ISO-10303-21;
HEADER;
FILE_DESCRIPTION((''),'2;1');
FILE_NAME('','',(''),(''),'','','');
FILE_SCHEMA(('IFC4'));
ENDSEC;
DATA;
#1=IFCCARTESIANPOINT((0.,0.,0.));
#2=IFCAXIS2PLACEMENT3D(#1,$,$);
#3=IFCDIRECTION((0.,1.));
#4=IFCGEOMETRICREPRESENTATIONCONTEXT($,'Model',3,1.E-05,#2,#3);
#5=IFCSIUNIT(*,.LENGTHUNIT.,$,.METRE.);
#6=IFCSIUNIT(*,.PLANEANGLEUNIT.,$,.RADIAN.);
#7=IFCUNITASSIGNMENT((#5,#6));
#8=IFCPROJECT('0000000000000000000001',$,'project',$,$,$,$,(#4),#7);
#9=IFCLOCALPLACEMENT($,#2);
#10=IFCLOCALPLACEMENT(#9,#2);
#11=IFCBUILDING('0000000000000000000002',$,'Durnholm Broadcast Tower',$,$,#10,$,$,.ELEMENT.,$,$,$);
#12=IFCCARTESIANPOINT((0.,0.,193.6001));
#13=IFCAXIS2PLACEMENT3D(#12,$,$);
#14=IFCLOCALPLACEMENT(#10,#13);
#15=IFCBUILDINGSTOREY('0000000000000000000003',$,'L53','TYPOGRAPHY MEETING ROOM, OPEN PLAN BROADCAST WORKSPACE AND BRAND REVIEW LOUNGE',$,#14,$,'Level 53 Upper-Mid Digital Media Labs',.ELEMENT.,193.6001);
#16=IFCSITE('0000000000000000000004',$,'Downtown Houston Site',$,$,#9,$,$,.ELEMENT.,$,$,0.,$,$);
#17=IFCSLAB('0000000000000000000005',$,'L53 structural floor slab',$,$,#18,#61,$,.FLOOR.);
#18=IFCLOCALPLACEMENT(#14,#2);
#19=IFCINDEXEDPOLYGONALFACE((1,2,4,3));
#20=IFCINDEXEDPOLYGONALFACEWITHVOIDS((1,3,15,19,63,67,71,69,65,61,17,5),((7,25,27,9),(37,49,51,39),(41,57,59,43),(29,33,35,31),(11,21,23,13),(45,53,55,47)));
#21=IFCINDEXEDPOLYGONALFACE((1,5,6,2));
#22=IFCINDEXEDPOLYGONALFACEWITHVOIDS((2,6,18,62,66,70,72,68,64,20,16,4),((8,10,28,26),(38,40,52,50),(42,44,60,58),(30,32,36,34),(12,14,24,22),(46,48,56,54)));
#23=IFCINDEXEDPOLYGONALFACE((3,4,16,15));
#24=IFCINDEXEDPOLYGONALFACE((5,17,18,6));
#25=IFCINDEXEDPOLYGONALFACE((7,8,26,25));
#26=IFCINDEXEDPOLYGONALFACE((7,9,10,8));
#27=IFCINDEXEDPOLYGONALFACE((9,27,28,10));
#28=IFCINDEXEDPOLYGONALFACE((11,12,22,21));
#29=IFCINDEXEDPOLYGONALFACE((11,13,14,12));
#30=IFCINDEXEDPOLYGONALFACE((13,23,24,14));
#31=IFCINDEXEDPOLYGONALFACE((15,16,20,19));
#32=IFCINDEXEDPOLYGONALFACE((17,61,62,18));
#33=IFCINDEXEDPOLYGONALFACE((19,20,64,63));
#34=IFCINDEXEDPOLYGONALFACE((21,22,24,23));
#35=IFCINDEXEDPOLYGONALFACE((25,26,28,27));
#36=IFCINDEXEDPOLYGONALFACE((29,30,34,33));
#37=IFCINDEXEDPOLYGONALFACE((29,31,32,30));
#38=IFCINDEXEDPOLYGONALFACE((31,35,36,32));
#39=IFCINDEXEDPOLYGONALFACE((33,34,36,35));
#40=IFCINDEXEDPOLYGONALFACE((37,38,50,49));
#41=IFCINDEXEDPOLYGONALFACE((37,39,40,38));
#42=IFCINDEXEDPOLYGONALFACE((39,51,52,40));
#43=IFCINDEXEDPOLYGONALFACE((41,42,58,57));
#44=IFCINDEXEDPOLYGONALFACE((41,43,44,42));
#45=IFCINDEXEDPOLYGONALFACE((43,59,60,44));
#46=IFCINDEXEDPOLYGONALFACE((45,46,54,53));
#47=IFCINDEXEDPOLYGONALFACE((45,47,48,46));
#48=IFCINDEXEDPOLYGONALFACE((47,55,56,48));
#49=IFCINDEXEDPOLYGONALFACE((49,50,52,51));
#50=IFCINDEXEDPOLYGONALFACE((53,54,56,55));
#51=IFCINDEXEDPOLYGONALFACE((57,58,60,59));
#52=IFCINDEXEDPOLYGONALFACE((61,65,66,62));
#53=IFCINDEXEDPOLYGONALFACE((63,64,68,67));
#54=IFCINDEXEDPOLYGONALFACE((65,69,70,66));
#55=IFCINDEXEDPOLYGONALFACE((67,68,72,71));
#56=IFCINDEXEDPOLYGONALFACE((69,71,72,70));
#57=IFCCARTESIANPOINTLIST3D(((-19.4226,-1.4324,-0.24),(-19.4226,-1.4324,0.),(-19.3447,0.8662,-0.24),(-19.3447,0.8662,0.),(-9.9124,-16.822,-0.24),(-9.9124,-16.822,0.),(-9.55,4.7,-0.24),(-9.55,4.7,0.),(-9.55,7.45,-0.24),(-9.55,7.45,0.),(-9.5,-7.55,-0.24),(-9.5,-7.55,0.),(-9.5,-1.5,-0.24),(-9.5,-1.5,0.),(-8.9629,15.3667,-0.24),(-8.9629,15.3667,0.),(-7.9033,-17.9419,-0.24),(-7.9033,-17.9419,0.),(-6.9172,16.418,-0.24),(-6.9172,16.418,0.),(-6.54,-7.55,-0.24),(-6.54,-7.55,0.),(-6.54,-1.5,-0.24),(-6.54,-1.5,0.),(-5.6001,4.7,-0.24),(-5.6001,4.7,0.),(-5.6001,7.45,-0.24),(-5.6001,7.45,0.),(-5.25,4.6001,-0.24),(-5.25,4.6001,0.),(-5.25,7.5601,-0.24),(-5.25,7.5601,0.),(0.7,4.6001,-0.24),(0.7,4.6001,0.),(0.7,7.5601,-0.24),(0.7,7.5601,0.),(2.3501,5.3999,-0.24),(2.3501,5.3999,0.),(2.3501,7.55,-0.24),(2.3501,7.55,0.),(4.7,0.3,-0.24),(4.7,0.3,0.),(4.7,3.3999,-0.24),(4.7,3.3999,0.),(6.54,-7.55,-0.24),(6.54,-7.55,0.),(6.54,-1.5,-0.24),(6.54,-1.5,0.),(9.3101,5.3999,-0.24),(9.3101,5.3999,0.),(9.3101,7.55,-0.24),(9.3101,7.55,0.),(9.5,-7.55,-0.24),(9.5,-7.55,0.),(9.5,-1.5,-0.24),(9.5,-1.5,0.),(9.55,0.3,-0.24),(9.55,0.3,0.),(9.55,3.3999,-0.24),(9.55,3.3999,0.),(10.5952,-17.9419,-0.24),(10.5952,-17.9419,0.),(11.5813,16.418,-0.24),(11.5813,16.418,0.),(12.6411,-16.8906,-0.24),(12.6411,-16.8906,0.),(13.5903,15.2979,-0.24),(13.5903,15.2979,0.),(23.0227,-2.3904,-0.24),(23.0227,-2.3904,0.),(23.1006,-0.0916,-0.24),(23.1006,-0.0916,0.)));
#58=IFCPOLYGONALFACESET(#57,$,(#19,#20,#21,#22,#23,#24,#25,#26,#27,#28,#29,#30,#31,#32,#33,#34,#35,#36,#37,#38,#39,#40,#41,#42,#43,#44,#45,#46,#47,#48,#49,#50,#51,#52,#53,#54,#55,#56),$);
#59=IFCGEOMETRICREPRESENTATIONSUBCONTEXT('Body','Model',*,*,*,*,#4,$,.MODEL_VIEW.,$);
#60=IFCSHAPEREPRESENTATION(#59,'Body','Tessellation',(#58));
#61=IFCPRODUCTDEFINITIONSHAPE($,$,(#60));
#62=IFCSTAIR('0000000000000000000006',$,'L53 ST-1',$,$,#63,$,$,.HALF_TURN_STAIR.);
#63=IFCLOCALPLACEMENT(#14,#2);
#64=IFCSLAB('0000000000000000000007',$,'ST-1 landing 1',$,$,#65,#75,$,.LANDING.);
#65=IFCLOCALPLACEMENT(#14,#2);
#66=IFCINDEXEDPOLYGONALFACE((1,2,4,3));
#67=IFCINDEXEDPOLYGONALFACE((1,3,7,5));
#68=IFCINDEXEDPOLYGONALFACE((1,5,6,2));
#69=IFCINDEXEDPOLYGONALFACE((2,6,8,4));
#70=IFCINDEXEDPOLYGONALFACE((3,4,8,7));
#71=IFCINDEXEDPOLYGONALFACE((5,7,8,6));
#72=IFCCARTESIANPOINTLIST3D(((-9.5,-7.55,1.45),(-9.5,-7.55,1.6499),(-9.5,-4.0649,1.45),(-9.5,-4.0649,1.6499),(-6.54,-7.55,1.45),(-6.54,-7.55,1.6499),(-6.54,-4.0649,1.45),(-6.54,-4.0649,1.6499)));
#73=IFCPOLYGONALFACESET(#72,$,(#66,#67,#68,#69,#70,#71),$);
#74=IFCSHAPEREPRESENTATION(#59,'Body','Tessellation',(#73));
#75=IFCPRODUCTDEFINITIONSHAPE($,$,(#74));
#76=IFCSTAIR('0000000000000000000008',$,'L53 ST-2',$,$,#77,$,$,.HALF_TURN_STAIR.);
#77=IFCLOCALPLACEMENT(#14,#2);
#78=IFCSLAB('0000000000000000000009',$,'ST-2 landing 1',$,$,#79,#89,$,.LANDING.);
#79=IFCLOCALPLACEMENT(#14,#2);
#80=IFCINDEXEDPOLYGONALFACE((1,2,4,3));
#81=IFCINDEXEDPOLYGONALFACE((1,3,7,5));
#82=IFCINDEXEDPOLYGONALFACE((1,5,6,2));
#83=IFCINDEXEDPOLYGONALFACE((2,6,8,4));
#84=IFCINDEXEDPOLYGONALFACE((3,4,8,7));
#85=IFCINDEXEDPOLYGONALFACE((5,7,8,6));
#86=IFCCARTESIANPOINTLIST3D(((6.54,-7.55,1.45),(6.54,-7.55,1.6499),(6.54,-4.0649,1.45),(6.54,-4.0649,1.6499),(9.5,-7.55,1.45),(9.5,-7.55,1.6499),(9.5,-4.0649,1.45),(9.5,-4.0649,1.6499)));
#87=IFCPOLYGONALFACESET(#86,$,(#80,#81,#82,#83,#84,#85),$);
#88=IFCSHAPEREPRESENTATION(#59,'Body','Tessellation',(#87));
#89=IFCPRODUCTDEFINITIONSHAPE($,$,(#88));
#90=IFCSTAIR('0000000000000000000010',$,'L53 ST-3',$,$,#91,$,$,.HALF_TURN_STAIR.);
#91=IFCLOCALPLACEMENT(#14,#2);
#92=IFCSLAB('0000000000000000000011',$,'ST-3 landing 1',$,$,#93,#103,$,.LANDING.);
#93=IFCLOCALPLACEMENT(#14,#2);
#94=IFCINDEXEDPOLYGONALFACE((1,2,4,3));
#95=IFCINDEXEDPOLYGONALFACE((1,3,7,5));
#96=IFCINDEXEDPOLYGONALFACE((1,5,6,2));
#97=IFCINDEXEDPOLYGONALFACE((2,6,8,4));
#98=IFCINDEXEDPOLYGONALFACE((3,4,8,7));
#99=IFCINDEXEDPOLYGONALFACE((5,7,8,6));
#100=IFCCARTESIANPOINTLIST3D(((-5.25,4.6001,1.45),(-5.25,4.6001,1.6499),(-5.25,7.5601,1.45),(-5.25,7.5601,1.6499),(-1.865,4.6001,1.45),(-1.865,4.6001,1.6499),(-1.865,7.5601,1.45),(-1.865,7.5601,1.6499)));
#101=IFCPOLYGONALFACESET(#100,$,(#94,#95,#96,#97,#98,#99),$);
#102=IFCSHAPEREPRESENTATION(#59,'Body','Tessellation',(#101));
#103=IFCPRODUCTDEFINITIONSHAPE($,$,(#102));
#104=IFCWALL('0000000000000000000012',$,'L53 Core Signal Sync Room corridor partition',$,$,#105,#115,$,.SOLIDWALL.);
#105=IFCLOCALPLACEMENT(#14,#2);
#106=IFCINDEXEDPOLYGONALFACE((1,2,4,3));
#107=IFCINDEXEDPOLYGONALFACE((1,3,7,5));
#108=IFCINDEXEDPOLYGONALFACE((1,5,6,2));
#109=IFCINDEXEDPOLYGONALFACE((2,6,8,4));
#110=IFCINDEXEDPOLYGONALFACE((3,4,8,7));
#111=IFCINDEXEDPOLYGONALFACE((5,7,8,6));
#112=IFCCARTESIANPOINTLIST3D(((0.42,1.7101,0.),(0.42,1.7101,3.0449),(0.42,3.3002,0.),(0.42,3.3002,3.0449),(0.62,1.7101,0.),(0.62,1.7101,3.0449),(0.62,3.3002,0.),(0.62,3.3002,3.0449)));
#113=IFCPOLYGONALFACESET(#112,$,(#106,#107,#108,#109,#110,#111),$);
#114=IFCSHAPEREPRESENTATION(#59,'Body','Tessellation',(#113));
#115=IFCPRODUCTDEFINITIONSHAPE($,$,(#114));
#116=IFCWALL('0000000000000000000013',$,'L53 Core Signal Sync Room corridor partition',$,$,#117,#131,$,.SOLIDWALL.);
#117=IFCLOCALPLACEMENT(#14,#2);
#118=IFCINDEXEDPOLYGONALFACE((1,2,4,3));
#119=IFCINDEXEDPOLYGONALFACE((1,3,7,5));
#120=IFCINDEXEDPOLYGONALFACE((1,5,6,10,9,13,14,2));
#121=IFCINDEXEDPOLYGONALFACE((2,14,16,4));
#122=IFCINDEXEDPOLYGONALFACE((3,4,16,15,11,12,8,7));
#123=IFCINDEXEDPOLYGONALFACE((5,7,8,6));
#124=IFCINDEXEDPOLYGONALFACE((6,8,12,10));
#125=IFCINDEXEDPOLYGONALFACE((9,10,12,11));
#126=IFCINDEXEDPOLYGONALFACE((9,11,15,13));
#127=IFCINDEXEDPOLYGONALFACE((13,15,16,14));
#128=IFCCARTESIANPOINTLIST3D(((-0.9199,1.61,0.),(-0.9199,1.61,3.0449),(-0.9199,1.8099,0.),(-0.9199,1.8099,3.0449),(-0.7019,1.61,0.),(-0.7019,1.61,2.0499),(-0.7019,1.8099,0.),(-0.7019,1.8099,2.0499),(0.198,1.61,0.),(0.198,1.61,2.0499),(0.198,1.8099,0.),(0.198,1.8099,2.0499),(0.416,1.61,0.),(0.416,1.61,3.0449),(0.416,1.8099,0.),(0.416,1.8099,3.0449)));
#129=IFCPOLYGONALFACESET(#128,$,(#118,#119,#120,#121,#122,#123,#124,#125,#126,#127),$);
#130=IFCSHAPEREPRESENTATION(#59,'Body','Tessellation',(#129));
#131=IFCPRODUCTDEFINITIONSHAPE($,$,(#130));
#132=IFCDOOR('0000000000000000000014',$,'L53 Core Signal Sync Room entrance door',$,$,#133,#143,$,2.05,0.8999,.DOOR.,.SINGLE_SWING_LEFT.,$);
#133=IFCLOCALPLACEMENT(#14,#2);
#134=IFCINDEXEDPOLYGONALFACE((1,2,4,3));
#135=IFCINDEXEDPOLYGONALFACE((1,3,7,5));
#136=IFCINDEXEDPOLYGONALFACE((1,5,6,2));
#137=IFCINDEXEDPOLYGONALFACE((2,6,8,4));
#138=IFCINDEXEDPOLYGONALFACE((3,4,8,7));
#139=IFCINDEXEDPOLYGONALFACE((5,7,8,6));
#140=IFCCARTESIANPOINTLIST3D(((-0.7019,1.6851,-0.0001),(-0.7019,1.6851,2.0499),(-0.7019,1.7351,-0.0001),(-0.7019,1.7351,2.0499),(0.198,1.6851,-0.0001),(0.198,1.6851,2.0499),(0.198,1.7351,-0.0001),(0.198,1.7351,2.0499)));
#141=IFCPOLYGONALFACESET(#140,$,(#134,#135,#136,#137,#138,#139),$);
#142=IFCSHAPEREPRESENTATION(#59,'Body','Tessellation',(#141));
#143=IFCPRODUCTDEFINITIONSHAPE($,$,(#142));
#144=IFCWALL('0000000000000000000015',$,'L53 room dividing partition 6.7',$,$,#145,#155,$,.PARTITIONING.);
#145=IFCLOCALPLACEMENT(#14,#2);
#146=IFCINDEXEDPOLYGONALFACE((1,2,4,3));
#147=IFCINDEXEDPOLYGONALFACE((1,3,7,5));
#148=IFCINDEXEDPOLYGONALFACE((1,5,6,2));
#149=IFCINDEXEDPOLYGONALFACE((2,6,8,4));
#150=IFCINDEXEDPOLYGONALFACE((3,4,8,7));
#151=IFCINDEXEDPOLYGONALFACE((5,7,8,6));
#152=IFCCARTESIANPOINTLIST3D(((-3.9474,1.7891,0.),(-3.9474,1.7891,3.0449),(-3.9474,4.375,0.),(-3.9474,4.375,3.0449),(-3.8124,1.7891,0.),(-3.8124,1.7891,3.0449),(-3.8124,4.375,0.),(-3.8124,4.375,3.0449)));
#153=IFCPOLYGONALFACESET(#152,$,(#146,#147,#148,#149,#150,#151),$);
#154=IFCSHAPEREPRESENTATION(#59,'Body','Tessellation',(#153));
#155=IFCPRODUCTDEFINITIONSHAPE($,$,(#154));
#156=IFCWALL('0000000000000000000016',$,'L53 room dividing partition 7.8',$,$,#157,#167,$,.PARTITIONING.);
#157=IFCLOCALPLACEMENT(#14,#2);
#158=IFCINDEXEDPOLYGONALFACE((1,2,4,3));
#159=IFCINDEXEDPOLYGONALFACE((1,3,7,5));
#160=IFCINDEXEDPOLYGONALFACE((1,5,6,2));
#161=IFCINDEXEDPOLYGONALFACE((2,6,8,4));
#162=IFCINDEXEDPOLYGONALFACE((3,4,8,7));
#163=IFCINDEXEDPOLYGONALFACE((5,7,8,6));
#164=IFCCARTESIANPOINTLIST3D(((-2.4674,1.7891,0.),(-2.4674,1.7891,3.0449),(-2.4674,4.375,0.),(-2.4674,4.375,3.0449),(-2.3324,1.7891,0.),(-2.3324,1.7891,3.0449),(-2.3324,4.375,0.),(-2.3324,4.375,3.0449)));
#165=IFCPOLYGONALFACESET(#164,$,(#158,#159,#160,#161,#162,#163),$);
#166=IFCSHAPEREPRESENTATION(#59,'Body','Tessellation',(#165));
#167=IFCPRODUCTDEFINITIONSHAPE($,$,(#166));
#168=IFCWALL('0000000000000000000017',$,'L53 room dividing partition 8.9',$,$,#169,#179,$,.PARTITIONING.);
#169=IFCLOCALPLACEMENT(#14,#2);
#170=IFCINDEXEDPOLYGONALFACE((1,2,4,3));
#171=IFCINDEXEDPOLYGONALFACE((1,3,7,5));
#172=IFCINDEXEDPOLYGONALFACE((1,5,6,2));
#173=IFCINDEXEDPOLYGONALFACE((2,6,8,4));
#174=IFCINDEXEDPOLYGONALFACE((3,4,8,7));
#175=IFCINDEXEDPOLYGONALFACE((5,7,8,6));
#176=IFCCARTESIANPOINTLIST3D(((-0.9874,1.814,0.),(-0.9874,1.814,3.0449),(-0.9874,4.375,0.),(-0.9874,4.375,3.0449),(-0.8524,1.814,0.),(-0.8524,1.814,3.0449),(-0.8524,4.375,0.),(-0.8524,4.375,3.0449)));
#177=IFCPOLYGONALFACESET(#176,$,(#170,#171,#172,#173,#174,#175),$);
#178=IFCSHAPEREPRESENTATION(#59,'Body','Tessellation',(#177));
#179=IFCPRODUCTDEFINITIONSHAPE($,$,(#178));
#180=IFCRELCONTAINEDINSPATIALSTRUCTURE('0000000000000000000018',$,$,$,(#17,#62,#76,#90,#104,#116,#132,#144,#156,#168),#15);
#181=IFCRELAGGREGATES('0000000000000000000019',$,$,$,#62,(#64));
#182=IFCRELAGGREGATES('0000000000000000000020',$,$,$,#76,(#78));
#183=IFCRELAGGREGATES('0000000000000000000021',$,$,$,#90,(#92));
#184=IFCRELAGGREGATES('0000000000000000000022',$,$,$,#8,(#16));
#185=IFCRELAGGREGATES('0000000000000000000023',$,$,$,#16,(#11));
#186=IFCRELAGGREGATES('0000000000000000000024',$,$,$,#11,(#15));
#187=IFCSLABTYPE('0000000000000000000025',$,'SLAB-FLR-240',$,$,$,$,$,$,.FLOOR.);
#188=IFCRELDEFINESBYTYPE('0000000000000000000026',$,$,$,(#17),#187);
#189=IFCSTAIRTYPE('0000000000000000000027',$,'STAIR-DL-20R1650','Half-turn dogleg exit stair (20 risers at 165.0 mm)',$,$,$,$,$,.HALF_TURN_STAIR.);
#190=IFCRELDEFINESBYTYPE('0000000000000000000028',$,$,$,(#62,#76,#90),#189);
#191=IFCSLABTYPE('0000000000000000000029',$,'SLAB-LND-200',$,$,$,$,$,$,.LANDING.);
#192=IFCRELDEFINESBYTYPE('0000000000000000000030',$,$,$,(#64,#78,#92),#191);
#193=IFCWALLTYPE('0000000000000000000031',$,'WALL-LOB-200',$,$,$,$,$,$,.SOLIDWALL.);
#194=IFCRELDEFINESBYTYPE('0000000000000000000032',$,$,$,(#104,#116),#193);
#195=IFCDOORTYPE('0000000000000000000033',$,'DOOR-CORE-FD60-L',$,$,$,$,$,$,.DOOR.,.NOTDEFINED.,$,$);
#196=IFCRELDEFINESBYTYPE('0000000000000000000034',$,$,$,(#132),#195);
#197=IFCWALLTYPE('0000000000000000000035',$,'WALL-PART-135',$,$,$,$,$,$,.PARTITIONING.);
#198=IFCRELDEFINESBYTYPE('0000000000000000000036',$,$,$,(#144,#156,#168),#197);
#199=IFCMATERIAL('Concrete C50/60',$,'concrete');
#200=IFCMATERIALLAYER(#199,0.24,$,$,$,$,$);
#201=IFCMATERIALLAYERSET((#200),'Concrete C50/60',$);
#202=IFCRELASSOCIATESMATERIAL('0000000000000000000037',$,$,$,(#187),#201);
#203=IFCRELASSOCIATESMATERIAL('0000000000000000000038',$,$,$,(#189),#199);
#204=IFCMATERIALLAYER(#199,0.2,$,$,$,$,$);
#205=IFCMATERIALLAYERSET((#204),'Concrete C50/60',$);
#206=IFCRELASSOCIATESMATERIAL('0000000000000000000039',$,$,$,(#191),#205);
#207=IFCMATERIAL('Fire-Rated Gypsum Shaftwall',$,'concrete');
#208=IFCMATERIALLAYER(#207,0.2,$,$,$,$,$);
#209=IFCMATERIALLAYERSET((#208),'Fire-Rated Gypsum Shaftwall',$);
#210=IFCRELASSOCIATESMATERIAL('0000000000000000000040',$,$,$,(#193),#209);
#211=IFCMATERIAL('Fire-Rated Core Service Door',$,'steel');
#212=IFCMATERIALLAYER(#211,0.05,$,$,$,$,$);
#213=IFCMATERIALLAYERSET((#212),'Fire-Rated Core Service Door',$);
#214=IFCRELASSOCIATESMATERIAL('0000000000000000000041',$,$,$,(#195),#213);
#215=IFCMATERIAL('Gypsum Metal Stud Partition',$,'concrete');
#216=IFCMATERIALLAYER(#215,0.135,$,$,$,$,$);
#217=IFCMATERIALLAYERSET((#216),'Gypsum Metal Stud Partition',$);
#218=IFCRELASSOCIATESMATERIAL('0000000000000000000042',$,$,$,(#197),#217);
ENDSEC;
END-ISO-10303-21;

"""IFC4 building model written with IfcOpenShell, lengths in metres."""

from ifc_helpers import new_model, si_unit, direction, frame, frame_2d, origin, place, context, subcontext, project, spatial, polyline, rectangle, outline, extrude, source, transform, mapped, material, layer, layer_set, type_object, type_shapes, element, fill, aggregate, save


model = new_model("IFC4")

# Units and contexts
model_context = context("Model", 3, precision=1e-05, world=origin(), true_north=direction((0.0, 1.0)))
body_context = subcontext(model_context, "Body", "Model", "MODEL_VIEW")
ifc_project = project(units=[si_unit("LENGTHUNIT", "METRE"), si_unit("PLANEANGLEUNIT", "RADIAN")], contexts=[model_context])

# Site, building, storey
site_placement = place(None, origin())
site = spatial("IfcSite", under=ifc_project, at=site_placement, Name="Downtown Houston Site", CompositionType="ELEMENT", RefElevation=0.0)
building_placement = place(site_placement, origin())
building = spatial("IfcBuilding", under=site, at=building_placement, Name="Durnholm Broadcast Tower", CompositionType="ELEMENT")
storey_placement = place(building_placement, frame((0.0, 0.0, 193.6001)))
storey = spatial("IfcBuildingStorey", under=building, at=storey_placement, Name="L53", Description="TYPOGRAPHY MEETING ROOM, OPEN PLAN BROADCAST WORKSPACE AND BRAND REVIEW LOUNGE", LongName="Level 53 Upper-Mid Digital Media Labs", CompositionType="ELEMENT", Elevation=193.6001)

# Slab
ifc_material_1 = material(Name="Concrete C50/60", Category="concrete")
ifc_layer_1 = layer(ifc_material_1, 0.24)
ifc_layer_set_1 = layer_set([ifc_layer_1], Name="Concrete C50/60")
slab_type_1 = type_object("IfcSlabType", Name="SLAB-FLR-240", PredefinedType="FLOOR", material=ifc_layer_set_1)
slab_1_placement = place(storey_placement, frame((0.0, 0.0, -0.24)))
element("IfcSlab", 1, at=slab_1_placement, inside=storey, type_object=slab_type_1, Name="L53 structural floor slab", PredefinedType="FLOOR", context=body_context, shape_type="SweptSolid", body=[
    extrude(outline(polyline([(-9.9124, -16.822), (-7.9033, -17.9419), (10.5952, -17.9419), (12.6411, -16.8906), (23.0227, -2.3904), (23.1006, -0.0916), (13.5903, 15.2979), (11.5813, 16.418), (-6.9172, 16.418), (-8.9629, 15.3667), (-19.3447, 0.8662), (-19.4226, -1.4324), (-9.9124, -16.822)]), holes=[polyline([(-6.54, -1.5), (-9.5, -1.5), (-9.5, -7.55), (-6.54, -7.55), (-6.54, -1.5)]), polyline([(9.5, -7.55), (9.5, -1.5), (6.54, -1.5), (6.54, -7.55), (9.5, -7.55)]), polyline([(9.55, 3.3999), (4.7, 3.3999), (4.7, 0.3), (9.55, 0.3), (9.55, 3.3999)]), polyline([(-9.55, 7.45), (-9.55, 4.7), (-5.6001, 4.7), (-5.6001, 7.45), (-9.55, 7.45)]), polyline([(-5.25, 4.6001), (0.7, 4.6001), (0.7, 7.5601), (-5.25, 7.5601), (-5.25, 4.6001)]), polyline([(9.3101, 7.55), (2.3501, 7.55), (2.3501, 5.3999), (9.3101, 5.3999), (9.3101, 7.55)])]), origin(), (0.0, 0.0, 1.0), 0.24),
])

# Stairs, slabs
stair_type = type_object("IfcStairType", Name="STAIR-DL-20R1650", Description="Half-turn dogleg exit stair (20 risers at 165.0 mm)", PredefinedType="HALF_TURN_STAIR", material=ifc_material_1)
stair_1_placement = place(storey_placement, origin())
stair_1 = element("IfcStair", 2, at=stair_1_placement, inside=storey, type_object=stair_type, Name="L53 ST-1", PredefinedType="HALF_TURN_STAIR")
ifc_layer_2 = layer(ifc_material_1, 0.2)
ifc_layer_set_2 = layer_set([ifc_layer_2], Name="Concrete C50/60")
slab_type_2 = type_object("IfcSlabType", Name="SLAB-LND-200", PredefinedType="LANDING", material=ifc_layer_set_2)
slab_2_placement = place(storey_placement, frame((0.0, 0.0, 1.45)))
slab_2 = element("IfcSlab", 3, at=slab_2_placement, type_object=slab_type_2, Name="ST-1 landing 1", PredefinedType="LANDING", context=body_context, shape_type="SweptSolid", body=[
    extrude(outline(polyline([(-9.5, -4.0649), (-9.5, -7.55), (-6.54, -7.55), (-6.54, -4.0649), (-9.5, -4.0649)])), origin(), (0.0, 0.0, 1.0), 0.2),
])
aggregate(stair_1, [slab_2])
stair_2_placement = place(storey_placement, origin())
stair_2 = element("IfcStair", 4, at=stair_2_placement, inside=storey, type_object=stair_type, Name="L53 ST-2", PredefinedType="HALF_TURN_STAIR")
slab_3_placement = place(storey_placement, frame((0.0, 0.0, 1.45)))
slab_3 = element("IfcSlab", 5, at=slab_3_placement, type_object=slab_type_2, Name="ST-2 landing 1", PredefinedType="LANDING", context=body_context, shape_type="SweptSolid", body=[
    extrude(outline(polyline([(6.54, -4.0649), (6.54, -7.55), (9.5, -7.55), (9.5, -4.0649), (6.54, -4.0649)])), origin(), (0.0, 0.0, 1.0), 0.2),
])
aggregate(stair_2, [slab_3])
stair_3_placement = place(storey_placement, origin())
stair_3 = element("IfcStair", 6, at=stair_3_placement, inside=storey, type_object=stair_type, Name="L53 ST-3", PredefinedType="HALF_TURN_STAIR")
slab_4_placement = place(storey_placement, frame((0.0, 0.0, 1.45)))
slab_4 = element("IfcSlab", 7, at=slab_4_placement, type_object=slab_type_2, Name="ST-3 landing 1", PredefinedType="LANDING", context=body_context, shape_type="SweptSolid", body=[
    extrude(outline(polyline([(-1.865, 7.5601), (-5.25, 7.5601), (-5.25, 4.6001), (-1.865, 4.6001), (-1.865, 7.5601)])), origin(), (0.0, 0.0, 1.0), 0.2),
])

# Shared definitions
ifc_material_2 = material(Name="Fire-Rated Gypsum Shaftwall", Category="concrete")
ifc_layer_3 = layer(ifc_material_2, 0.2)
ifc_layer_set_3 = layer_set([ifc_layer_3], Name="Fire-Rated Gypsum Shaftwall")
wall_type_1 = type_object("IfcWallType", Name="WALL-LOB-200", PredefinedType="SOLIDWALL", material=ifc_layer_set_3)

# Wall
wall_1_placement = place(storey_placement, frame((0.52, 3.3, 0.0), z_axis=(0.0, 0.0, 1.0), x_axis=(0.0, -1.0, 0.0)))
element("IfcWall", 8, at=wall_1_placement, inside=storey, type_object=wall_type_1, Name="L53 Core Signal Sync Room corridor partition", PredefinedType="SOLIDWALL", context=body_context, shape_type="SweptSolid", body=[
    extrude(rectangle(XDim=1.5901, YDim=0.2, at=frame_2d((0.7949, 0.0))), origin(), (0.0, 0.0, 1.0), 3.0449),
])

# Wall, opening, door
wall_2_placement = place(storey_placement, frame((0.416, 1.71, 0.0), z_axis=(0.0, 0.0, 1.0), x_axis=(-1.0, 0.0, 0.0)))
wall_2 = element("IfcWall", 9, at=wall_2_placement, inside=storey, type_object=wall_type_1, Name="L53 Core Signal Sync Room corridor partition", PredefinedType="SOLIDWALL", context=body_context, shape_type="SweptSolid", body=[
    extrude(rectangle(XDim=1.3359, YDim=0.2, at=frame_2d((0.668, 0.0))), origin(), (0.0, 0.0, 1.0), 3.0449),
])
opening_1_placement = place(wall_2_placement, frame((0.218, 0.0, 0.0)))
opening_1 = element("IfcOpeningElement", 10, at=opening_1_placement, cuts=wall_2, PredefinedType="OPENING", context=body_context, shape_type="SweptSolid", body=[
    extrude(rectangle(XDim=0.8999, YDim=2.05, at=frame_2d((0.45, 1.0249))), frame((0.0, 0.1099, 0.0), z_axis=(0.0, -1.0, 0.0), x_axis=(1.0, 0.0, 0.0)), (0.0, 0.0, 1.0), 0.22),
])
ifc_material_3 = material(Name="Fire-Rated Core Service Door", Category="steel")
ifc_layer_4 = layer(ifc_material_3, 0.05)
ifc_layer_set_4 = layer_set([ifc_layer_4], Name="Fire-Rated Core Service Door")
door_type_1 = type_object("IfcDoorType", Name="DOOR-CORE-FD60-L", OperationType="NOTDEFINED", PredefinedType="DOOR", material=ifc_layer_set_4)
shared_shape_1 = source(origin(), body_context, "Body", "SweptSolid", [
    extrude(rectangle(XDim=0.8999, YDim=2.05, at=frame_2d((0.45, 1.0249))), frame((0.0, 0.0249, 0.0), z_axis=(0.0, -1.0, 0.0), x_axis=(1.0, 0.0, 0.0)), (0.0, 0.0, 1.0), 0.05),
])
type_shapes(door_type_1, [shared_shape_1])
door_1_placement = place(opening_1_placement, origin())
door_1 = element("IfcDoor", 11, at=door_1_placement, inside=storey, type_object=door_type_1, Name="L53 Core Signal Sync Room entrance door", OperationType="SINGLE_SWING_LEFT", OverallHeight=2.05, OverallWidth=0.8999, PredefinedType="DOOR", context=body_context, shape_type="MappedRepresentation", body=[
    mapped(shared_shape_1, transform((0.0, 0.0, 0.0), x_axis=(1.0, 0.0, 0.0), y_axis=(0.0, 1.0, 0.0), z_axis=(0.0, 0.0, 1.0), scale=1.0)),
])
fill(opening_1, door_1)

# Walls
ifc_material_4 = material(Name="Gypsum Metal Stud Partition", Category="concrete")
ifc_layer_5 = layer(ifc_material_4, 0.135)
ifc_layer_set_5 = layer_set([ifc_layer_5], Name="Gypsum Metal Stud Partition")
wall_type_2 = type_object("IfcWallType", Name="WALL-PART-135", PredefinedType="PARTITIONING", material=ifc_layer_set_5)
for number, where, z_axis, x_axis, name in (
    (12, (-3.8799, 4.375, 0.0), (0.0, 0.0, 1.0), (0.0, -1.0, 0.0), "L53 room dividing partition 6.7"),
    (13, (-2.3999, 4.375, 0.0), (0.0, 0.0, 1.0), (0.0, -1.0, 0.0), "L53 room dividing partition 7.8"),
):
    element("IfcWall", number, at=place(storey_placement, frame(where, z_axis=z_axis, x_axis=x_axis)), inside=storey, type_object=wall_type_2, Name=name, PredefinedType="PARTITIONING", context=body_context, shape_type="SweptSolid", body=[
        extrude(rectangle(XDim=2.5859, YDim=0.135, at=frame_2d((1.293, 0.0))), origin(), (0.0, 0.0, 1.0), 3.0449),
    ])
wall_3_placement = place(storey_placement, frame((-0.9199, 4.375, 0.0), z_axis=(0.0, 0.0, 1.0), x_axis=(0.0, -1.0, 0.0)))
element("IfcWall", 14, at=wall_3_placement, inside=storey, type_object=wall_type_2, Name="L53 room dividing partition 8.9", PredefinedType="PARTITIONING", context=body_context, shape_type="SweptSolid", body=[
    extrude(rectangle(XDim=2.561, YDim=0.135, at=frame_2d((1.2805, 0.0))), origin(), (0.0, 0.0, 1.0), 3.0449),
])

aggregate(stair_3, [slab_4])

save(model, "model.ifc")
